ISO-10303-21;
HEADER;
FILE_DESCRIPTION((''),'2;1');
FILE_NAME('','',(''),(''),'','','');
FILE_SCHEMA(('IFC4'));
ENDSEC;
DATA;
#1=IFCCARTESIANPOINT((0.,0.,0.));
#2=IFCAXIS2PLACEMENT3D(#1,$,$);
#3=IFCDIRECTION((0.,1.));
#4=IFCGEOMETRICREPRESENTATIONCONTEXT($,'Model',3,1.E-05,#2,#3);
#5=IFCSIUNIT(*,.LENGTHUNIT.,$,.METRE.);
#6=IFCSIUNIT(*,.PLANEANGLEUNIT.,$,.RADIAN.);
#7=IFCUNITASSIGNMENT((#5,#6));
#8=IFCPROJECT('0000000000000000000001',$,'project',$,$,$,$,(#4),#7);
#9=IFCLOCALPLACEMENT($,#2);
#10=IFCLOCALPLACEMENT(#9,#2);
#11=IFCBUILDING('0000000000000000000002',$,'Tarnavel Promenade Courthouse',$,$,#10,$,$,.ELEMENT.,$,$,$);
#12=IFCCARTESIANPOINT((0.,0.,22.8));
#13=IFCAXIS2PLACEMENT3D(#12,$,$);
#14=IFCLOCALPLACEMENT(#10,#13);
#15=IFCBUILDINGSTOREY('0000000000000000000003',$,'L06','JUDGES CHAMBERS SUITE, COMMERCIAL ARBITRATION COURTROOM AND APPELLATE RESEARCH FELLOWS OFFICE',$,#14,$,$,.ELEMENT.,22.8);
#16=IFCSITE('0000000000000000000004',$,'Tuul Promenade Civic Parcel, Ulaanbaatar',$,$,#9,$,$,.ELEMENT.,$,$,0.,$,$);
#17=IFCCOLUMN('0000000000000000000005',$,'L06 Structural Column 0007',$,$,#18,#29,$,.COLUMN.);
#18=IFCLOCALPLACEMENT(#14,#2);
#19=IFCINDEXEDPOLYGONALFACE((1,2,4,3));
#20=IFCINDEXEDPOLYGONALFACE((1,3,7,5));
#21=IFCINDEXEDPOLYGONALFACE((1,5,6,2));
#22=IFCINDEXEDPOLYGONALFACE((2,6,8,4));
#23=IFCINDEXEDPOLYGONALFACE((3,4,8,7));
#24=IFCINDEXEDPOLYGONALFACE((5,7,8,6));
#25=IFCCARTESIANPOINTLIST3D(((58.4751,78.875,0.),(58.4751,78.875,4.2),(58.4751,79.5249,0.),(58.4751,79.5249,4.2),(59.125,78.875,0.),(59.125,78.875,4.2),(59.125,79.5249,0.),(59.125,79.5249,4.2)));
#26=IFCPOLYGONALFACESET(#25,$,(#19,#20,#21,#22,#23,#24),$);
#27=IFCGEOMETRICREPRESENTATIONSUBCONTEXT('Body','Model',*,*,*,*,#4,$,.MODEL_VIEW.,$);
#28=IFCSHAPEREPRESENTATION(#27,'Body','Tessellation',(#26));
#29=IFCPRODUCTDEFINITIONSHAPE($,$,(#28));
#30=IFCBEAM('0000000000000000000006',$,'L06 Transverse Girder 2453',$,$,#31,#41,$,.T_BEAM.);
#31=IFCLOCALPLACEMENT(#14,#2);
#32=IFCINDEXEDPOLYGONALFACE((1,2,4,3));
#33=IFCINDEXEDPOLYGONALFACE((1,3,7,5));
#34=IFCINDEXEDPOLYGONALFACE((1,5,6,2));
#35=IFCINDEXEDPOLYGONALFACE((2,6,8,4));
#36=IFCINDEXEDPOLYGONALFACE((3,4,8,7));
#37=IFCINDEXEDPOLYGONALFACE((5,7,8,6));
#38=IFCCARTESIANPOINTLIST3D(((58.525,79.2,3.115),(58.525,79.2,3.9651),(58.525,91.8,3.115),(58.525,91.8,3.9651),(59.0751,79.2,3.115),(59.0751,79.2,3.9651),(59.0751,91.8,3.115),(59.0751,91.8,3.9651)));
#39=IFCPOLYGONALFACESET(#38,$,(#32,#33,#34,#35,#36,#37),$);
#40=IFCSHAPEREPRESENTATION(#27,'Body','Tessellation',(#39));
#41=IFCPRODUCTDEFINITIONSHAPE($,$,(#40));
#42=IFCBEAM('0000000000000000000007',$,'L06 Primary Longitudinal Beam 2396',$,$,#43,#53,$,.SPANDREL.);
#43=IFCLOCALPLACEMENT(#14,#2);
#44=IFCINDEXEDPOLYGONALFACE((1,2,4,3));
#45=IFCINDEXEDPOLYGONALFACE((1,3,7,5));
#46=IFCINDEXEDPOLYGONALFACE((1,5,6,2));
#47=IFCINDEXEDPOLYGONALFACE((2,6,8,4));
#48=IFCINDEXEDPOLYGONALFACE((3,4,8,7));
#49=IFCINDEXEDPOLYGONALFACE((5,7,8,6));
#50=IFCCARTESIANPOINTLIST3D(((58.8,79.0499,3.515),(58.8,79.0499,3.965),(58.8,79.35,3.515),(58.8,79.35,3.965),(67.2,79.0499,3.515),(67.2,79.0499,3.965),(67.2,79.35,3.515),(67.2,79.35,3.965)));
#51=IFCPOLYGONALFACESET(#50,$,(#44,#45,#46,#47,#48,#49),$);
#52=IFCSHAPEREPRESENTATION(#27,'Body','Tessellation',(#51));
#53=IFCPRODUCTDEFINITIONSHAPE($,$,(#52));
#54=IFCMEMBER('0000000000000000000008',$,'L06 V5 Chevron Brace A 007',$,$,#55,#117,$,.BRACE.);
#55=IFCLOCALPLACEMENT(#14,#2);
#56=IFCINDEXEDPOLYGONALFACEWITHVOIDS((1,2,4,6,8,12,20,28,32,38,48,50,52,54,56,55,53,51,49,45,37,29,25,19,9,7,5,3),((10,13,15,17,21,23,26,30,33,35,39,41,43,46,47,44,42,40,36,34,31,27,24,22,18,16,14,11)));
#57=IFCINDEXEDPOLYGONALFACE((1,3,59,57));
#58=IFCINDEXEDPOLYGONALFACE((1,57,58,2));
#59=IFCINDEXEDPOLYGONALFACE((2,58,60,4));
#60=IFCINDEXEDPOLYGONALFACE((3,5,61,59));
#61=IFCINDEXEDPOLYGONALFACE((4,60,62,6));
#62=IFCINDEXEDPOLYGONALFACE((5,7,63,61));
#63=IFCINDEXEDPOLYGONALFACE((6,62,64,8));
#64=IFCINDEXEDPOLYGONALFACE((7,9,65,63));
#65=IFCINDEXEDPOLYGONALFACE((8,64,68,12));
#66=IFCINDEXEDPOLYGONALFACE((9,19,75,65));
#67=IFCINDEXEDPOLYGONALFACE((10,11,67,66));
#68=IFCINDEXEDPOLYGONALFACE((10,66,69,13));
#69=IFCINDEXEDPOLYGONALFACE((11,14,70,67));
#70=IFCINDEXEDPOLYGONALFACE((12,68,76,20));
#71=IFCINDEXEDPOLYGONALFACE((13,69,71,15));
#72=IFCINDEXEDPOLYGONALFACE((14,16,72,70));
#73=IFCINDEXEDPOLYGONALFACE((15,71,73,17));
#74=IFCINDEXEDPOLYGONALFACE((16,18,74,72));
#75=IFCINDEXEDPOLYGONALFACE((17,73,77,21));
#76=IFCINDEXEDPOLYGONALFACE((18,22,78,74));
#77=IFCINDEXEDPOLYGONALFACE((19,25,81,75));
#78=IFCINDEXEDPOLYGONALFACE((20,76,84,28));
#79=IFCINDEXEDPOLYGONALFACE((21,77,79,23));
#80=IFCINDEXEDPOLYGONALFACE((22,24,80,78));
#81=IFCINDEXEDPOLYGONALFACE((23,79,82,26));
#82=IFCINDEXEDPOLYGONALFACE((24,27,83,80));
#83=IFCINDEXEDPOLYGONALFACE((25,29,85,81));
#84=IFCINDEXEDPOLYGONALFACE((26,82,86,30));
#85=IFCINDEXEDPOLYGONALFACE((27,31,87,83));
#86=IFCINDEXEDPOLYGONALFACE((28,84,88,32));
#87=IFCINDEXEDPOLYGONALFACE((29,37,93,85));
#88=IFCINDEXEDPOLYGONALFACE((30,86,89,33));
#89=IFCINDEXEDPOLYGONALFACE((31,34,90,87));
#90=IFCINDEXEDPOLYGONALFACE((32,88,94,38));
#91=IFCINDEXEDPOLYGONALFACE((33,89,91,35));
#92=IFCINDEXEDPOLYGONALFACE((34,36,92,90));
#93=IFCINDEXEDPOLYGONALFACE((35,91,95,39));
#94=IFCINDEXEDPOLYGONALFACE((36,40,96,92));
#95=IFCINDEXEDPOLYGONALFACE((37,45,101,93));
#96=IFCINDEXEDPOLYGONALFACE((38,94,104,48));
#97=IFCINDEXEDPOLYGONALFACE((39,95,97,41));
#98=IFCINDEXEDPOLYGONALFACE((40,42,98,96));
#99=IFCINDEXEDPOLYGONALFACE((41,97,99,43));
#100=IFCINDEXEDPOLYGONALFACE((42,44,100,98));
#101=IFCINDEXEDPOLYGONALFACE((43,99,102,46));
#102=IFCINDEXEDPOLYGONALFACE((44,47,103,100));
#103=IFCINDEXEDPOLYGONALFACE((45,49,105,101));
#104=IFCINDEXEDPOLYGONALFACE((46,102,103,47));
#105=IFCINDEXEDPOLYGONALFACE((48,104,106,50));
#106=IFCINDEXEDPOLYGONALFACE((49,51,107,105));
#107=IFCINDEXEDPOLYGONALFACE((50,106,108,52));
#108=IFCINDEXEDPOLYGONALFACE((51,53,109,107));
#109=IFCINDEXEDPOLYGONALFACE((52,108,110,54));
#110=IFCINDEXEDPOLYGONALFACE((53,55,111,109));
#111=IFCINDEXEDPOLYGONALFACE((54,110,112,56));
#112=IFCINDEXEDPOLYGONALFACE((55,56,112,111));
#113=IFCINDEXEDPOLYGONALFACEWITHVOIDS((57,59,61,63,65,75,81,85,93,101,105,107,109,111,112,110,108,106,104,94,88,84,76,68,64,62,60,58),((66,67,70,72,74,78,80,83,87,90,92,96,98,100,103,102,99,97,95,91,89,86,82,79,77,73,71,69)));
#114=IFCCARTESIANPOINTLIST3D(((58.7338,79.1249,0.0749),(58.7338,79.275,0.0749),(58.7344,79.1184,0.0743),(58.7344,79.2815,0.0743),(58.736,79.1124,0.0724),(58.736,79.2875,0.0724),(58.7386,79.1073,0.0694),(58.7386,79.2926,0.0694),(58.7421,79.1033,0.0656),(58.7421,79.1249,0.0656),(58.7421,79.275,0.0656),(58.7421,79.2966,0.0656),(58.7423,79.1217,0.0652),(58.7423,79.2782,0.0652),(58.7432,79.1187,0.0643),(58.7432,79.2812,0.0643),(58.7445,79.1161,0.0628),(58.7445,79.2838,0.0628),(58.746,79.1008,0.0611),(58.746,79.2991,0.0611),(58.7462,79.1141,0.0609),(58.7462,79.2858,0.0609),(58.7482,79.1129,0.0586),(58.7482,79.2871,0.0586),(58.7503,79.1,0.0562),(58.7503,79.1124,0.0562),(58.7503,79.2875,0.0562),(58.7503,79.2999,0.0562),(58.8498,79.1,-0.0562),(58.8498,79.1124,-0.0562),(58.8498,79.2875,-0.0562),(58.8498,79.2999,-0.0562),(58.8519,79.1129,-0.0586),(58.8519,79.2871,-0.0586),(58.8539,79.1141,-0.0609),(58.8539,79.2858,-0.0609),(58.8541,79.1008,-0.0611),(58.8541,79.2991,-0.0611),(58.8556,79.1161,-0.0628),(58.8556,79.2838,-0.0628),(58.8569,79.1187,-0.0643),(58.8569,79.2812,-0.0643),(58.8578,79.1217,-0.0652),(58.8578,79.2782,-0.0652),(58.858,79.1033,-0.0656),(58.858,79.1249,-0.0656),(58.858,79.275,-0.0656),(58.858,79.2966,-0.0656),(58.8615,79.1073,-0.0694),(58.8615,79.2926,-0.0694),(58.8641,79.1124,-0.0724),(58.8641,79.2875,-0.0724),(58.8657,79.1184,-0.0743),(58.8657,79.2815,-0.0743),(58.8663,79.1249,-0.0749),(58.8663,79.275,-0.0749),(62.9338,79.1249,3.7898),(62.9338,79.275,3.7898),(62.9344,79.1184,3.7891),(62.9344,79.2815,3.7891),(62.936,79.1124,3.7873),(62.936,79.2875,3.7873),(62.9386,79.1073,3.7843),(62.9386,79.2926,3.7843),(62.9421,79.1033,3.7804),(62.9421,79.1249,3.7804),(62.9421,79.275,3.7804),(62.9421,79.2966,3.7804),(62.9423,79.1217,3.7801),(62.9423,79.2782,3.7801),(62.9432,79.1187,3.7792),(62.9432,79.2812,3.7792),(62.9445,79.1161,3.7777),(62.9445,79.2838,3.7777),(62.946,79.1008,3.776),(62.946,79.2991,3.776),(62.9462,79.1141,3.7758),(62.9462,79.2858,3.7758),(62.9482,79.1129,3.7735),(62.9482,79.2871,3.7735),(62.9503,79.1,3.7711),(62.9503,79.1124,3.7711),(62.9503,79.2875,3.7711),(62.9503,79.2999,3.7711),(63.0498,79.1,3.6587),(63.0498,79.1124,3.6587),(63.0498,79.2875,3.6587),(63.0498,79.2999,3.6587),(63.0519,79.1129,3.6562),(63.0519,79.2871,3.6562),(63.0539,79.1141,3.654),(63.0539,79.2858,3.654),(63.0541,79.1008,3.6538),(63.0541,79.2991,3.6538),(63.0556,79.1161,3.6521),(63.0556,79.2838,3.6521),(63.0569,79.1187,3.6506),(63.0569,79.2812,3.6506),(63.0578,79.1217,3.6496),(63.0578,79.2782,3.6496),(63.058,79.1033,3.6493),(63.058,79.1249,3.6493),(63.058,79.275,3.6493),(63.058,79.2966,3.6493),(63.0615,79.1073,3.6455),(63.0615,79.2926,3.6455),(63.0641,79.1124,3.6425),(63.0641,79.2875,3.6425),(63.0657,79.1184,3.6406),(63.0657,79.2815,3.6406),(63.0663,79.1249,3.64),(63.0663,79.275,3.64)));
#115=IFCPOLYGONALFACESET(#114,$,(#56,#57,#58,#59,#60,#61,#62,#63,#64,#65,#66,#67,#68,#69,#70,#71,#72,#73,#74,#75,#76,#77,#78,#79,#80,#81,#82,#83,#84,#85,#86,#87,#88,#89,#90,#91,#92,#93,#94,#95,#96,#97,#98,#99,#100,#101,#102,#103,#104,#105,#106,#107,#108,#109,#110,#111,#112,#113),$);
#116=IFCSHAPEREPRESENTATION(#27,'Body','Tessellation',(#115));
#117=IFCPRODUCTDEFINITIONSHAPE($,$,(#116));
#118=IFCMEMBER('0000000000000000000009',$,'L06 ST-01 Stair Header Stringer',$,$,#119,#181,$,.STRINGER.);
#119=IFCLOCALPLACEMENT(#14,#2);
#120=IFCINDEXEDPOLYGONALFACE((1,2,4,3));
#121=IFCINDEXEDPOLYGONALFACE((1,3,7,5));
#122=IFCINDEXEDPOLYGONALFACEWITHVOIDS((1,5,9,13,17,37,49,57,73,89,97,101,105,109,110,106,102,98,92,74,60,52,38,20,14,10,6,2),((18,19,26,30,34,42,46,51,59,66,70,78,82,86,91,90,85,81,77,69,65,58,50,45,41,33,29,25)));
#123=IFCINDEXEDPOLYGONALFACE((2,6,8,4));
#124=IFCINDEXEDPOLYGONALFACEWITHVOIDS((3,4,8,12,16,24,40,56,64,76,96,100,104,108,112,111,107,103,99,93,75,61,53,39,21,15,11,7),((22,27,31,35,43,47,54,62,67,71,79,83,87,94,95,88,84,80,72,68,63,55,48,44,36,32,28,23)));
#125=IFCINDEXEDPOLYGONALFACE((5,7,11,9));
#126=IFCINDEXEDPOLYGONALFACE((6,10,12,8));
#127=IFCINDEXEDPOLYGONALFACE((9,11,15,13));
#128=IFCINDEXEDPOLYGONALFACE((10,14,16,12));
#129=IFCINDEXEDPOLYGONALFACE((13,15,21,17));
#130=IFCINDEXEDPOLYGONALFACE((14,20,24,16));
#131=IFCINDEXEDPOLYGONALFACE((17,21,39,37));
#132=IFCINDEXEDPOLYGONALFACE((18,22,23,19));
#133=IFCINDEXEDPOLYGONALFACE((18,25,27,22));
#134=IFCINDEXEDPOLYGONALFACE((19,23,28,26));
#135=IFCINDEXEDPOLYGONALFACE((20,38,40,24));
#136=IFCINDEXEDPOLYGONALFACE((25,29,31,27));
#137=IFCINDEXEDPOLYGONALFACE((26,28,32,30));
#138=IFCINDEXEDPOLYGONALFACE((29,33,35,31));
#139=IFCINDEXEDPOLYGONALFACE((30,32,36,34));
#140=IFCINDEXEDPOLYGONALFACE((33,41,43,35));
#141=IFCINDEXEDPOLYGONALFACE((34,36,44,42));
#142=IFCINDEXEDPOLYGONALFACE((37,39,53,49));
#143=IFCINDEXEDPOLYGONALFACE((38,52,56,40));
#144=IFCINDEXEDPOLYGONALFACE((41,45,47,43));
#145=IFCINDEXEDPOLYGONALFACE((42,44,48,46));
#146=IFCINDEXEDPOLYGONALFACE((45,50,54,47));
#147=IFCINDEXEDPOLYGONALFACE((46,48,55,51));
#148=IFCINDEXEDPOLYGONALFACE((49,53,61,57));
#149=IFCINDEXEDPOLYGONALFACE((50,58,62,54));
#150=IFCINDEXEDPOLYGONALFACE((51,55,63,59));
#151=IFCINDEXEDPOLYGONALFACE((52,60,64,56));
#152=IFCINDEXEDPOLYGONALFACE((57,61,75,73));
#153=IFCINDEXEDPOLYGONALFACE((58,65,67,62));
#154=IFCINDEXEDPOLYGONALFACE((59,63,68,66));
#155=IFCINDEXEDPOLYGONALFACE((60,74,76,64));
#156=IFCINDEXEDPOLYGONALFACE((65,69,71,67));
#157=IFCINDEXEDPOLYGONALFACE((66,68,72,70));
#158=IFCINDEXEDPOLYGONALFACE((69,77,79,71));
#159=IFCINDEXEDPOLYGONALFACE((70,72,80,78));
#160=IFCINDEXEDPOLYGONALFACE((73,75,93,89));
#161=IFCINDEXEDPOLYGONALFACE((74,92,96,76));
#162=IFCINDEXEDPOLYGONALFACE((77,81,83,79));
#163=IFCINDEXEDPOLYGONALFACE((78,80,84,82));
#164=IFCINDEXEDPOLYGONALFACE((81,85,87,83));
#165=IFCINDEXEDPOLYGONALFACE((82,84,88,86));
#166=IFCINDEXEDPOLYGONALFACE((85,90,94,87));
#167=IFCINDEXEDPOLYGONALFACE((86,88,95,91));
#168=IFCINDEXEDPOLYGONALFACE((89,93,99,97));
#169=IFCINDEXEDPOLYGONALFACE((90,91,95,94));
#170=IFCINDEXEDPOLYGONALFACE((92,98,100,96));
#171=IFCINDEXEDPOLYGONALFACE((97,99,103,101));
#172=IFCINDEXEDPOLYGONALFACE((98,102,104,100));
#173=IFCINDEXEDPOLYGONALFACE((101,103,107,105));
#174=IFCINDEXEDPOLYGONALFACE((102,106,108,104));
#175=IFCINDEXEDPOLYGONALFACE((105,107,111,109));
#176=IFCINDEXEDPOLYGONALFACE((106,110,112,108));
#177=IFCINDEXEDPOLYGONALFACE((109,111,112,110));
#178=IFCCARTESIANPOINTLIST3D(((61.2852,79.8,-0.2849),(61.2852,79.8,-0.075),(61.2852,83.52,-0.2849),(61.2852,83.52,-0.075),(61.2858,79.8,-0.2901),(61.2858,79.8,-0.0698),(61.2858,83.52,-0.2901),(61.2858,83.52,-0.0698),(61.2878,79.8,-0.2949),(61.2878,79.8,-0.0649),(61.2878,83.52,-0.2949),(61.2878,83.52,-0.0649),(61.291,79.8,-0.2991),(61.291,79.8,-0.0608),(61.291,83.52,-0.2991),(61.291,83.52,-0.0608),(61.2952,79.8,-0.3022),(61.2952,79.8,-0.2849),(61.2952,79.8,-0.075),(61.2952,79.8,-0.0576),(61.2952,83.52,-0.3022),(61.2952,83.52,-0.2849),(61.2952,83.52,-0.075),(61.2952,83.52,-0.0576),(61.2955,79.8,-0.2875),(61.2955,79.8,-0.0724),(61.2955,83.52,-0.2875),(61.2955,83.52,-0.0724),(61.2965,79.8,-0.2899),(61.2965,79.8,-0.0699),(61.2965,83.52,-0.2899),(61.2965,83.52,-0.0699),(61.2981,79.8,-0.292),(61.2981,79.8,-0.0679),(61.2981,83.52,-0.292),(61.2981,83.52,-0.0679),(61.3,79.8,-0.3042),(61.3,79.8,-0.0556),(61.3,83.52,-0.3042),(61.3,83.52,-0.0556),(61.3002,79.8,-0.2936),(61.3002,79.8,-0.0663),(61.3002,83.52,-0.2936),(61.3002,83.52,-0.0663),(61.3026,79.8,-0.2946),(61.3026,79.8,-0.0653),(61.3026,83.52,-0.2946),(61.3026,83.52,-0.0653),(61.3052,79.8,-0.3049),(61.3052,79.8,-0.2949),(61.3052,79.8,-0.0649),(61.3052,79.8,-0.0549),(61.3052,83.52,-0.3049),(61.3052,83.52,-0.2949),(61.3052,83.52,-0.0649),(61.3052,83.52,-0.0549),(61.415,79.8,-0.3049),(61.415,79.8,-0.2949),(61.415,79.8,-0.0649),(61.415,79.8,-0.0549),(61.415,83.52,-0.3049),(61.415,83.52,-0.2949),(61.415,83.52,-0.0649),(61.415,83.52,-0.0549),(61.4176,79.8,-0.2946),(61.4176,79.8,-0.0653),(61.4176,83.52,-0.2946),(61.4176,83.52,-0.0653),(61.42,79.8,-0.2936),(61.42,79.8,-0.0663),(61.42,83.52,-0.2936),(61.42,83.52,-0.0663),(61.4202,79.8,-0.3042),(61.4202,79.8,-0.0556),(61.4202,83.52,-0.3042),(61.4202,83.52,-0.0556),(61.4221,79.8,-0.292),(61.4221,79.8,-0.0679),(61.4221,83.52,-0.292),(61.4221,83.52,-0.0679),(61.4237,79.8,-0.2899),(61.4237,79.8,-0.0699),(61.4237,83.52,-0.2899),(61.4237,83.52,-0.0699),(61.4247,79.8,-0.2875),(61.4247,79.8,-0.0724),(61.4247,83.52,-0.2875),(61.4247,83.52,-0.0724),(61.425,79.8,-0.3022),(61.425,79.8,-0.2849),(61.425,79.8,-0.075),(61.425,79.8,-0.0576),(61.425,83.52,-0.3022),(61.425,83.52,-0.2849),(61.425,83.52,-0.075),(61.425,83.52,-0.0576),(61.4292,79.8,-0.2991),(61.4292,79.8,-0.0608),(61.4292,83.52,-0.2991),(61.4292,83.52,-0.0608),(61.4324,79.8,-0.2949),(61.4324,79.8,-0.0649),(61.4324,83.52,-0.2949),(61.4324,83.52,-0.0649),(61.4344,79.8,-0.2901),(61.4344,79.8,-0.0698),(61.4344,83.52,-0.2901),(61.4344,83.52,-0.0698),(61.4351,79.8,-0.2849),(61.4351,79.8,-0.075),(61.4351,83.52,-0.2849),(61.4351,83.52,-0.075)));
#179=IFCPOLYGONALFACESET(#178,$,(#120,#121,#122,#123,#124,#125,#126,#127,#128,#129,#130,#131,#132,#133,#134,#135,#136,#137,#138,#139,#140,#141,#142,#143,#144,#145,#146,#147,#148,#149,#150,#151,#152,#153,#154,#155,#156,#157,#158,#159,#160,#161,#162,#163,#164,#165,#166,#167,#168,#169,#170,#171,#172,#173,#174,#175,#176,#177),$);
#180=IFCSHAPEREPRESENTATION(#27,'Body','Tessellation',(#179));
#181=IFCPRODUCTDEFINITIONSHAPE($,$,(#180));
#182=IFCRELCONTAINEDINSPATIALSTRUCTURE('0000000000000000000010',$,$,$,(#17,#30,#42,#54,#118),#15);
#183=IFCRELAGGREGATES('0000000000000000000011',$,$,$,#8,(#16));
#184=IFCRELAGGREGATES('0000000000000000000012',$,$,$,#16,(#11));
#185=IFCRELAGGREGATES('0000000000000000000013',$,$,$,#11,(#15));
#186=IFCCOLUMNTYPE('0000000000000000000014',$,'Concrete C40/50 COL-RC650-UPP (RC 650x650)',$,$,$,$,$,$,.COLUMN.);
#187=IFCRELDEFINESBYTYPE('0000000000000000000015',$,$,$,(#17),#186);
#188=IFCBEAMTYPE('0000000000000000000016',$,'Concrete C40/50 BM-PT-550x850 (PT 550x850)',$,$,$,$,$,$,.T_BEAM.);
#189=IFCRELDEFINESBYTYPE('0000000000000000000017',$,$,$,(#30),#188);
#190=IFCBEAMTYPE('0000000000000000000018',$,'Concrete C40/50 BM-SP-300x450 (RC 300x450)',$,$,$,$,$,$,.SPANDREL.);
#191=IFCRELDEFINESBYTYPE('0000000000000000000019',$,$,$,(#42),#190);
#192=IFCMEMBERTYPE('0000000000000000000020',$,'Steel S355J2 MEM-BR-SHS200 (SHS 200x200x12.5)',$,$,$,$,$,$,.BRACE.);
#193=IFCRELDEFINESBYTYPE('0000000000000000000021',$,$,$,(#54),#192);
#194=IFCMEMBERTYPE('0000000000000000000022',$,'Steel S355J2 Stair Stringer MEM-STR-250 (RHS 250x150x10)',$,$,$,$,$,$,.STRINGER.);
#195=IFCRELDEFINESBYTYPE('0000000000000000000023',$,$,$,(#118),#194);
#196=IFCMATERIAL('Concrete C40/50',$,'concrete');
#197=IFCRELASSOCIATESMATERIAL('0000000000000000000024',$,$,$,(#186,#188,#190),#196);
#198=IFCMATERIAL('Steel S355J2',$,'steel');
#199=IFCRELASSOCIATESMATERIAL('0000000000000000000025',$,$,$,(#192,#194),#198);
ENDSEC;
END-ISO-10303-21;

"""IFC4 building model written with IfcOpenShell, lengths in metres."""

from ifc_helpers import new_model, si_unit, direction, frame, origin, origin_2d, place, context, subcontext, project, spatial, rectangle, hollow_rectangle, extrude, material, material_profile, profile_set, type_object, element, save


model = new_model("IFC4")

# Units and contexts
model_context = context("Model", 3, precision=1e-05, world=origin(), true_north=direction((0.0, 1.0)))
body_context = subcontext(model_context, "Body", "Model", "MODEL_VIEW")
ifc_project = project(units=[si_unit("LENGTHUNIT", "METRE"), si_unit("PLANEANGLEUNIT", "RADIAN")], contexts=[model_context])

# Site, building, storey
site_placement = place(None, origin())
site = spatial("IfcSite", under=ifc_project, at=site_placement, Name="Tuul Promenade Civic Parcel, Ulaanbaatar", CompositionType="ELEMENT", RefElevation=0.0)
building_placement = place(site_placement, origin())
building = spatial("IfcBuilding", under=site, at=building_placement, Name="Tarnavel Promenade Courthouse", CompositionType="ELEMENT")
storey_placement = place(building_placement, frame((0.0, 0.0, 22.8)))
storey = spatial("IfcBuildingStorey", under=building, at=storey_placement, Name="L06", Description="JUDGES CHAMBERS SUITE, COMMERCIAL ARBITRATION COURTROOM AND APPELLATE RESEARCH FELLOWS OFFICE", CompositionType="ELEMENT", Elevation=22.8)

# Column
ifc_material_1 = material(Name="Concrete C40/50", Category="concrete")
ifc_material_profile_1 = material_profile(ifc_material_1, rectangle(XDim=0.6499, YDim=0.6499, at=origin_2d()), Name="RC 650x650")
ifc_profile_set_1 = profile_set([ifc_material_profile_1], Name="Concrete C40/50")
column_type = type_object("IfcColumnType", Name="Concrete C40/50 COL-RC650-UPP (RC 650x650)", PredefinedType="COLUMN", material=ifc_profile_set_1)
column_placement = place(storey_placement, frame((58.8, 79.2, 0.0), z_axis=(0.0, 0.0, 1.0), x_axis=(1.0, 0.0, 0.0)))
element("IfcColumn", 1, at=column_placement, inside=storey, type_object=column_type, Name="L06 Structural Column 0007", PredefinedType="COLUMN", context=body_context, shape_type="SweptSolid", body=[
    extrude(rectangle(XDim=0.6499, YDim=0.6499, at=origin_2d()), origin(), (0.0, 0.0, 1.0), 4.2),
])

# Beams
ifc_material_profile_2 = material_profile(ifc_material_1, rectangle(XDim=0.55, YDim=0.8501, at=origin_2d()), Name="PT 550x850")
ifc_profile_set_2 = profile_set([ifc_material_profile_2], Name="Concrete C40/50")
beam_type_1 = type_object("IfcBeamType", Name="Concrete C40/50 BM-PT-550x850 (PT 550x850)", PredefinedType="T_BEAM", material=ifc_profile_set_2)
beam_1_placement = place(storey_placement, frame((58.8, 79.2, 3.54), z_axis=(0.0, 1.0, 0.0), x_axis=(-1.0, 0.0, 0.0)))
element("IfcBeam", 2, at=beam_1_placement, inside=storey, type_object=beam_type_1, Name="L06 Transverse Girder 2453", PredefinedType="T_BEAM", context=body_context, shape_type="SweptSolid", body=[
    extrude(rectangle(XDim=0.55, YDim=0.8501, at=origin_2d()), origin(), (0.0, 0.0, 1.0), 12.6001),
])
ifc_material_profile_3 = material_profile(ifc_material_1, rectangle(XDim=0.3, YDim=0.45, at=origin_2d()), Name="RC 300x450")
ifc_profile_set_3 = profile_set([ifc_material_profile_3], Name="Concrete C40/50")
beam_type_2 = type_object("IfcBeamType", Name="Concrete C40/50 BM-SP-300x450 (RC 300x450)", PredefinedType="SPANDREL", material=ifc_profile_set_3)
beam_2_placement = place(storey_placement, frame((58.8, 79.2, 3.74), z_axis=(1.0, 0.0, 0.0), x_axis=(0.0, 1.0, 0.0)))
element("IfcBeam", 3, at=beam_2_placement, inside=storey, type_object=beam_type_2, Name="L06 Primary Longitudinal Beam 2396", PredefinedType="SPANDREL", context=body_context, shape_type="SweptSolid", body=[
    extrude(rectangle(XDim=0.3, YDim=0.45, at=origin_2d()), origin(), (0.0, 0.0, 1.0), 8.3999),
])

# Members
ifc_material_2 = material(Name="Steel S355J2", Category="steel")
ifc_material_profile_4 = material_profile(ifc_material_2, hollow_rectangle(XDim=0.2, YDim=0.2, WallThickness=0.0125, InnerFilletRadius=0.0125, OuterFilletRadius=0.0249, at=origin_2d()), Name="SHS 200x200x12.5")
ifc_profile_set_4 = profile_set([ifc_material_profile_4], Name="Steel S355J2")
member_type_1 = type_object("IfcMemberType", Name="Steel S355J2 MEM-BR-SHS200 (SHS 200x200x12.5)", PredefinedType="BRACE", material=ifc_profile_set_4)
member_1_placement = place(storey_placement, frame((58.8, 79.2, 0.0), z_axis=(0.749041, 0.0, 0.662524), x_axis=(0.0, 1.0, 0.0)))
element("IfcMember", 4, at=member_1_placement, inside=storey, type_object=member_type_1, Name="L06 V5 Chevron Brace A 007", PredefinedType="BRACE", context=body_context, shape_type="SweptSolid", body=[
    extrude(hollow_rectangle(XDim=0.2, YDim=0.2, WallThickness=0.0125, InnerFilletRadius=0.0125, OuterFilletRadius=0.0249, at=origin_2d()), origin(), (0.0, 0.0, 1.0), 5.6072),
])
ifc_material_profile_5 = material_profile(ifc_material_2, hollow_rectangle(XDim=0.1499, YDim=0.25, WallThickness=0.01, InnerFilletRadius=0.01, OuterFilletRadius=0.02, at=origin_2d()), Name="RHS 250x150x10")
ifc_profile_set_5 = profile_set([ifc_material_profile_5], Name="Steel S355J2")
member_type_2 = type_object("IfcMemberType", Name="Steel S355J2 Stair Stringer MEM-STR-250 (RHS 250x150x10)", PredefinedType="STRINGER", material=ifc_profile_set_5)
member_2_placement = place(storey_placement, frame((61.3601, 79.8, -0.1799), z_axis=(0.0, 1.0, 0.0), x_axis=(-1.0, 0.0, 0.0)))
element("IfcMember", 5, at=member_2_placement, inside=storey, type_object=member_type_2, Name="L06 ST-01 Stair Header Stringer", PredefinedType="STRINGER", context=body_context, shape_type="SweptSolid", body=[
    extrude(hollow_rectangle(XDim=0.1499, YDim=0.25, WallThickness=0.01, InnerFilletRadius=0.01, OuterFilletRadius=0.02, at=origin_2d()), origin(), (0.0, 0.0, 1.0), 3.72),
])

save(model, "model.ifc")
